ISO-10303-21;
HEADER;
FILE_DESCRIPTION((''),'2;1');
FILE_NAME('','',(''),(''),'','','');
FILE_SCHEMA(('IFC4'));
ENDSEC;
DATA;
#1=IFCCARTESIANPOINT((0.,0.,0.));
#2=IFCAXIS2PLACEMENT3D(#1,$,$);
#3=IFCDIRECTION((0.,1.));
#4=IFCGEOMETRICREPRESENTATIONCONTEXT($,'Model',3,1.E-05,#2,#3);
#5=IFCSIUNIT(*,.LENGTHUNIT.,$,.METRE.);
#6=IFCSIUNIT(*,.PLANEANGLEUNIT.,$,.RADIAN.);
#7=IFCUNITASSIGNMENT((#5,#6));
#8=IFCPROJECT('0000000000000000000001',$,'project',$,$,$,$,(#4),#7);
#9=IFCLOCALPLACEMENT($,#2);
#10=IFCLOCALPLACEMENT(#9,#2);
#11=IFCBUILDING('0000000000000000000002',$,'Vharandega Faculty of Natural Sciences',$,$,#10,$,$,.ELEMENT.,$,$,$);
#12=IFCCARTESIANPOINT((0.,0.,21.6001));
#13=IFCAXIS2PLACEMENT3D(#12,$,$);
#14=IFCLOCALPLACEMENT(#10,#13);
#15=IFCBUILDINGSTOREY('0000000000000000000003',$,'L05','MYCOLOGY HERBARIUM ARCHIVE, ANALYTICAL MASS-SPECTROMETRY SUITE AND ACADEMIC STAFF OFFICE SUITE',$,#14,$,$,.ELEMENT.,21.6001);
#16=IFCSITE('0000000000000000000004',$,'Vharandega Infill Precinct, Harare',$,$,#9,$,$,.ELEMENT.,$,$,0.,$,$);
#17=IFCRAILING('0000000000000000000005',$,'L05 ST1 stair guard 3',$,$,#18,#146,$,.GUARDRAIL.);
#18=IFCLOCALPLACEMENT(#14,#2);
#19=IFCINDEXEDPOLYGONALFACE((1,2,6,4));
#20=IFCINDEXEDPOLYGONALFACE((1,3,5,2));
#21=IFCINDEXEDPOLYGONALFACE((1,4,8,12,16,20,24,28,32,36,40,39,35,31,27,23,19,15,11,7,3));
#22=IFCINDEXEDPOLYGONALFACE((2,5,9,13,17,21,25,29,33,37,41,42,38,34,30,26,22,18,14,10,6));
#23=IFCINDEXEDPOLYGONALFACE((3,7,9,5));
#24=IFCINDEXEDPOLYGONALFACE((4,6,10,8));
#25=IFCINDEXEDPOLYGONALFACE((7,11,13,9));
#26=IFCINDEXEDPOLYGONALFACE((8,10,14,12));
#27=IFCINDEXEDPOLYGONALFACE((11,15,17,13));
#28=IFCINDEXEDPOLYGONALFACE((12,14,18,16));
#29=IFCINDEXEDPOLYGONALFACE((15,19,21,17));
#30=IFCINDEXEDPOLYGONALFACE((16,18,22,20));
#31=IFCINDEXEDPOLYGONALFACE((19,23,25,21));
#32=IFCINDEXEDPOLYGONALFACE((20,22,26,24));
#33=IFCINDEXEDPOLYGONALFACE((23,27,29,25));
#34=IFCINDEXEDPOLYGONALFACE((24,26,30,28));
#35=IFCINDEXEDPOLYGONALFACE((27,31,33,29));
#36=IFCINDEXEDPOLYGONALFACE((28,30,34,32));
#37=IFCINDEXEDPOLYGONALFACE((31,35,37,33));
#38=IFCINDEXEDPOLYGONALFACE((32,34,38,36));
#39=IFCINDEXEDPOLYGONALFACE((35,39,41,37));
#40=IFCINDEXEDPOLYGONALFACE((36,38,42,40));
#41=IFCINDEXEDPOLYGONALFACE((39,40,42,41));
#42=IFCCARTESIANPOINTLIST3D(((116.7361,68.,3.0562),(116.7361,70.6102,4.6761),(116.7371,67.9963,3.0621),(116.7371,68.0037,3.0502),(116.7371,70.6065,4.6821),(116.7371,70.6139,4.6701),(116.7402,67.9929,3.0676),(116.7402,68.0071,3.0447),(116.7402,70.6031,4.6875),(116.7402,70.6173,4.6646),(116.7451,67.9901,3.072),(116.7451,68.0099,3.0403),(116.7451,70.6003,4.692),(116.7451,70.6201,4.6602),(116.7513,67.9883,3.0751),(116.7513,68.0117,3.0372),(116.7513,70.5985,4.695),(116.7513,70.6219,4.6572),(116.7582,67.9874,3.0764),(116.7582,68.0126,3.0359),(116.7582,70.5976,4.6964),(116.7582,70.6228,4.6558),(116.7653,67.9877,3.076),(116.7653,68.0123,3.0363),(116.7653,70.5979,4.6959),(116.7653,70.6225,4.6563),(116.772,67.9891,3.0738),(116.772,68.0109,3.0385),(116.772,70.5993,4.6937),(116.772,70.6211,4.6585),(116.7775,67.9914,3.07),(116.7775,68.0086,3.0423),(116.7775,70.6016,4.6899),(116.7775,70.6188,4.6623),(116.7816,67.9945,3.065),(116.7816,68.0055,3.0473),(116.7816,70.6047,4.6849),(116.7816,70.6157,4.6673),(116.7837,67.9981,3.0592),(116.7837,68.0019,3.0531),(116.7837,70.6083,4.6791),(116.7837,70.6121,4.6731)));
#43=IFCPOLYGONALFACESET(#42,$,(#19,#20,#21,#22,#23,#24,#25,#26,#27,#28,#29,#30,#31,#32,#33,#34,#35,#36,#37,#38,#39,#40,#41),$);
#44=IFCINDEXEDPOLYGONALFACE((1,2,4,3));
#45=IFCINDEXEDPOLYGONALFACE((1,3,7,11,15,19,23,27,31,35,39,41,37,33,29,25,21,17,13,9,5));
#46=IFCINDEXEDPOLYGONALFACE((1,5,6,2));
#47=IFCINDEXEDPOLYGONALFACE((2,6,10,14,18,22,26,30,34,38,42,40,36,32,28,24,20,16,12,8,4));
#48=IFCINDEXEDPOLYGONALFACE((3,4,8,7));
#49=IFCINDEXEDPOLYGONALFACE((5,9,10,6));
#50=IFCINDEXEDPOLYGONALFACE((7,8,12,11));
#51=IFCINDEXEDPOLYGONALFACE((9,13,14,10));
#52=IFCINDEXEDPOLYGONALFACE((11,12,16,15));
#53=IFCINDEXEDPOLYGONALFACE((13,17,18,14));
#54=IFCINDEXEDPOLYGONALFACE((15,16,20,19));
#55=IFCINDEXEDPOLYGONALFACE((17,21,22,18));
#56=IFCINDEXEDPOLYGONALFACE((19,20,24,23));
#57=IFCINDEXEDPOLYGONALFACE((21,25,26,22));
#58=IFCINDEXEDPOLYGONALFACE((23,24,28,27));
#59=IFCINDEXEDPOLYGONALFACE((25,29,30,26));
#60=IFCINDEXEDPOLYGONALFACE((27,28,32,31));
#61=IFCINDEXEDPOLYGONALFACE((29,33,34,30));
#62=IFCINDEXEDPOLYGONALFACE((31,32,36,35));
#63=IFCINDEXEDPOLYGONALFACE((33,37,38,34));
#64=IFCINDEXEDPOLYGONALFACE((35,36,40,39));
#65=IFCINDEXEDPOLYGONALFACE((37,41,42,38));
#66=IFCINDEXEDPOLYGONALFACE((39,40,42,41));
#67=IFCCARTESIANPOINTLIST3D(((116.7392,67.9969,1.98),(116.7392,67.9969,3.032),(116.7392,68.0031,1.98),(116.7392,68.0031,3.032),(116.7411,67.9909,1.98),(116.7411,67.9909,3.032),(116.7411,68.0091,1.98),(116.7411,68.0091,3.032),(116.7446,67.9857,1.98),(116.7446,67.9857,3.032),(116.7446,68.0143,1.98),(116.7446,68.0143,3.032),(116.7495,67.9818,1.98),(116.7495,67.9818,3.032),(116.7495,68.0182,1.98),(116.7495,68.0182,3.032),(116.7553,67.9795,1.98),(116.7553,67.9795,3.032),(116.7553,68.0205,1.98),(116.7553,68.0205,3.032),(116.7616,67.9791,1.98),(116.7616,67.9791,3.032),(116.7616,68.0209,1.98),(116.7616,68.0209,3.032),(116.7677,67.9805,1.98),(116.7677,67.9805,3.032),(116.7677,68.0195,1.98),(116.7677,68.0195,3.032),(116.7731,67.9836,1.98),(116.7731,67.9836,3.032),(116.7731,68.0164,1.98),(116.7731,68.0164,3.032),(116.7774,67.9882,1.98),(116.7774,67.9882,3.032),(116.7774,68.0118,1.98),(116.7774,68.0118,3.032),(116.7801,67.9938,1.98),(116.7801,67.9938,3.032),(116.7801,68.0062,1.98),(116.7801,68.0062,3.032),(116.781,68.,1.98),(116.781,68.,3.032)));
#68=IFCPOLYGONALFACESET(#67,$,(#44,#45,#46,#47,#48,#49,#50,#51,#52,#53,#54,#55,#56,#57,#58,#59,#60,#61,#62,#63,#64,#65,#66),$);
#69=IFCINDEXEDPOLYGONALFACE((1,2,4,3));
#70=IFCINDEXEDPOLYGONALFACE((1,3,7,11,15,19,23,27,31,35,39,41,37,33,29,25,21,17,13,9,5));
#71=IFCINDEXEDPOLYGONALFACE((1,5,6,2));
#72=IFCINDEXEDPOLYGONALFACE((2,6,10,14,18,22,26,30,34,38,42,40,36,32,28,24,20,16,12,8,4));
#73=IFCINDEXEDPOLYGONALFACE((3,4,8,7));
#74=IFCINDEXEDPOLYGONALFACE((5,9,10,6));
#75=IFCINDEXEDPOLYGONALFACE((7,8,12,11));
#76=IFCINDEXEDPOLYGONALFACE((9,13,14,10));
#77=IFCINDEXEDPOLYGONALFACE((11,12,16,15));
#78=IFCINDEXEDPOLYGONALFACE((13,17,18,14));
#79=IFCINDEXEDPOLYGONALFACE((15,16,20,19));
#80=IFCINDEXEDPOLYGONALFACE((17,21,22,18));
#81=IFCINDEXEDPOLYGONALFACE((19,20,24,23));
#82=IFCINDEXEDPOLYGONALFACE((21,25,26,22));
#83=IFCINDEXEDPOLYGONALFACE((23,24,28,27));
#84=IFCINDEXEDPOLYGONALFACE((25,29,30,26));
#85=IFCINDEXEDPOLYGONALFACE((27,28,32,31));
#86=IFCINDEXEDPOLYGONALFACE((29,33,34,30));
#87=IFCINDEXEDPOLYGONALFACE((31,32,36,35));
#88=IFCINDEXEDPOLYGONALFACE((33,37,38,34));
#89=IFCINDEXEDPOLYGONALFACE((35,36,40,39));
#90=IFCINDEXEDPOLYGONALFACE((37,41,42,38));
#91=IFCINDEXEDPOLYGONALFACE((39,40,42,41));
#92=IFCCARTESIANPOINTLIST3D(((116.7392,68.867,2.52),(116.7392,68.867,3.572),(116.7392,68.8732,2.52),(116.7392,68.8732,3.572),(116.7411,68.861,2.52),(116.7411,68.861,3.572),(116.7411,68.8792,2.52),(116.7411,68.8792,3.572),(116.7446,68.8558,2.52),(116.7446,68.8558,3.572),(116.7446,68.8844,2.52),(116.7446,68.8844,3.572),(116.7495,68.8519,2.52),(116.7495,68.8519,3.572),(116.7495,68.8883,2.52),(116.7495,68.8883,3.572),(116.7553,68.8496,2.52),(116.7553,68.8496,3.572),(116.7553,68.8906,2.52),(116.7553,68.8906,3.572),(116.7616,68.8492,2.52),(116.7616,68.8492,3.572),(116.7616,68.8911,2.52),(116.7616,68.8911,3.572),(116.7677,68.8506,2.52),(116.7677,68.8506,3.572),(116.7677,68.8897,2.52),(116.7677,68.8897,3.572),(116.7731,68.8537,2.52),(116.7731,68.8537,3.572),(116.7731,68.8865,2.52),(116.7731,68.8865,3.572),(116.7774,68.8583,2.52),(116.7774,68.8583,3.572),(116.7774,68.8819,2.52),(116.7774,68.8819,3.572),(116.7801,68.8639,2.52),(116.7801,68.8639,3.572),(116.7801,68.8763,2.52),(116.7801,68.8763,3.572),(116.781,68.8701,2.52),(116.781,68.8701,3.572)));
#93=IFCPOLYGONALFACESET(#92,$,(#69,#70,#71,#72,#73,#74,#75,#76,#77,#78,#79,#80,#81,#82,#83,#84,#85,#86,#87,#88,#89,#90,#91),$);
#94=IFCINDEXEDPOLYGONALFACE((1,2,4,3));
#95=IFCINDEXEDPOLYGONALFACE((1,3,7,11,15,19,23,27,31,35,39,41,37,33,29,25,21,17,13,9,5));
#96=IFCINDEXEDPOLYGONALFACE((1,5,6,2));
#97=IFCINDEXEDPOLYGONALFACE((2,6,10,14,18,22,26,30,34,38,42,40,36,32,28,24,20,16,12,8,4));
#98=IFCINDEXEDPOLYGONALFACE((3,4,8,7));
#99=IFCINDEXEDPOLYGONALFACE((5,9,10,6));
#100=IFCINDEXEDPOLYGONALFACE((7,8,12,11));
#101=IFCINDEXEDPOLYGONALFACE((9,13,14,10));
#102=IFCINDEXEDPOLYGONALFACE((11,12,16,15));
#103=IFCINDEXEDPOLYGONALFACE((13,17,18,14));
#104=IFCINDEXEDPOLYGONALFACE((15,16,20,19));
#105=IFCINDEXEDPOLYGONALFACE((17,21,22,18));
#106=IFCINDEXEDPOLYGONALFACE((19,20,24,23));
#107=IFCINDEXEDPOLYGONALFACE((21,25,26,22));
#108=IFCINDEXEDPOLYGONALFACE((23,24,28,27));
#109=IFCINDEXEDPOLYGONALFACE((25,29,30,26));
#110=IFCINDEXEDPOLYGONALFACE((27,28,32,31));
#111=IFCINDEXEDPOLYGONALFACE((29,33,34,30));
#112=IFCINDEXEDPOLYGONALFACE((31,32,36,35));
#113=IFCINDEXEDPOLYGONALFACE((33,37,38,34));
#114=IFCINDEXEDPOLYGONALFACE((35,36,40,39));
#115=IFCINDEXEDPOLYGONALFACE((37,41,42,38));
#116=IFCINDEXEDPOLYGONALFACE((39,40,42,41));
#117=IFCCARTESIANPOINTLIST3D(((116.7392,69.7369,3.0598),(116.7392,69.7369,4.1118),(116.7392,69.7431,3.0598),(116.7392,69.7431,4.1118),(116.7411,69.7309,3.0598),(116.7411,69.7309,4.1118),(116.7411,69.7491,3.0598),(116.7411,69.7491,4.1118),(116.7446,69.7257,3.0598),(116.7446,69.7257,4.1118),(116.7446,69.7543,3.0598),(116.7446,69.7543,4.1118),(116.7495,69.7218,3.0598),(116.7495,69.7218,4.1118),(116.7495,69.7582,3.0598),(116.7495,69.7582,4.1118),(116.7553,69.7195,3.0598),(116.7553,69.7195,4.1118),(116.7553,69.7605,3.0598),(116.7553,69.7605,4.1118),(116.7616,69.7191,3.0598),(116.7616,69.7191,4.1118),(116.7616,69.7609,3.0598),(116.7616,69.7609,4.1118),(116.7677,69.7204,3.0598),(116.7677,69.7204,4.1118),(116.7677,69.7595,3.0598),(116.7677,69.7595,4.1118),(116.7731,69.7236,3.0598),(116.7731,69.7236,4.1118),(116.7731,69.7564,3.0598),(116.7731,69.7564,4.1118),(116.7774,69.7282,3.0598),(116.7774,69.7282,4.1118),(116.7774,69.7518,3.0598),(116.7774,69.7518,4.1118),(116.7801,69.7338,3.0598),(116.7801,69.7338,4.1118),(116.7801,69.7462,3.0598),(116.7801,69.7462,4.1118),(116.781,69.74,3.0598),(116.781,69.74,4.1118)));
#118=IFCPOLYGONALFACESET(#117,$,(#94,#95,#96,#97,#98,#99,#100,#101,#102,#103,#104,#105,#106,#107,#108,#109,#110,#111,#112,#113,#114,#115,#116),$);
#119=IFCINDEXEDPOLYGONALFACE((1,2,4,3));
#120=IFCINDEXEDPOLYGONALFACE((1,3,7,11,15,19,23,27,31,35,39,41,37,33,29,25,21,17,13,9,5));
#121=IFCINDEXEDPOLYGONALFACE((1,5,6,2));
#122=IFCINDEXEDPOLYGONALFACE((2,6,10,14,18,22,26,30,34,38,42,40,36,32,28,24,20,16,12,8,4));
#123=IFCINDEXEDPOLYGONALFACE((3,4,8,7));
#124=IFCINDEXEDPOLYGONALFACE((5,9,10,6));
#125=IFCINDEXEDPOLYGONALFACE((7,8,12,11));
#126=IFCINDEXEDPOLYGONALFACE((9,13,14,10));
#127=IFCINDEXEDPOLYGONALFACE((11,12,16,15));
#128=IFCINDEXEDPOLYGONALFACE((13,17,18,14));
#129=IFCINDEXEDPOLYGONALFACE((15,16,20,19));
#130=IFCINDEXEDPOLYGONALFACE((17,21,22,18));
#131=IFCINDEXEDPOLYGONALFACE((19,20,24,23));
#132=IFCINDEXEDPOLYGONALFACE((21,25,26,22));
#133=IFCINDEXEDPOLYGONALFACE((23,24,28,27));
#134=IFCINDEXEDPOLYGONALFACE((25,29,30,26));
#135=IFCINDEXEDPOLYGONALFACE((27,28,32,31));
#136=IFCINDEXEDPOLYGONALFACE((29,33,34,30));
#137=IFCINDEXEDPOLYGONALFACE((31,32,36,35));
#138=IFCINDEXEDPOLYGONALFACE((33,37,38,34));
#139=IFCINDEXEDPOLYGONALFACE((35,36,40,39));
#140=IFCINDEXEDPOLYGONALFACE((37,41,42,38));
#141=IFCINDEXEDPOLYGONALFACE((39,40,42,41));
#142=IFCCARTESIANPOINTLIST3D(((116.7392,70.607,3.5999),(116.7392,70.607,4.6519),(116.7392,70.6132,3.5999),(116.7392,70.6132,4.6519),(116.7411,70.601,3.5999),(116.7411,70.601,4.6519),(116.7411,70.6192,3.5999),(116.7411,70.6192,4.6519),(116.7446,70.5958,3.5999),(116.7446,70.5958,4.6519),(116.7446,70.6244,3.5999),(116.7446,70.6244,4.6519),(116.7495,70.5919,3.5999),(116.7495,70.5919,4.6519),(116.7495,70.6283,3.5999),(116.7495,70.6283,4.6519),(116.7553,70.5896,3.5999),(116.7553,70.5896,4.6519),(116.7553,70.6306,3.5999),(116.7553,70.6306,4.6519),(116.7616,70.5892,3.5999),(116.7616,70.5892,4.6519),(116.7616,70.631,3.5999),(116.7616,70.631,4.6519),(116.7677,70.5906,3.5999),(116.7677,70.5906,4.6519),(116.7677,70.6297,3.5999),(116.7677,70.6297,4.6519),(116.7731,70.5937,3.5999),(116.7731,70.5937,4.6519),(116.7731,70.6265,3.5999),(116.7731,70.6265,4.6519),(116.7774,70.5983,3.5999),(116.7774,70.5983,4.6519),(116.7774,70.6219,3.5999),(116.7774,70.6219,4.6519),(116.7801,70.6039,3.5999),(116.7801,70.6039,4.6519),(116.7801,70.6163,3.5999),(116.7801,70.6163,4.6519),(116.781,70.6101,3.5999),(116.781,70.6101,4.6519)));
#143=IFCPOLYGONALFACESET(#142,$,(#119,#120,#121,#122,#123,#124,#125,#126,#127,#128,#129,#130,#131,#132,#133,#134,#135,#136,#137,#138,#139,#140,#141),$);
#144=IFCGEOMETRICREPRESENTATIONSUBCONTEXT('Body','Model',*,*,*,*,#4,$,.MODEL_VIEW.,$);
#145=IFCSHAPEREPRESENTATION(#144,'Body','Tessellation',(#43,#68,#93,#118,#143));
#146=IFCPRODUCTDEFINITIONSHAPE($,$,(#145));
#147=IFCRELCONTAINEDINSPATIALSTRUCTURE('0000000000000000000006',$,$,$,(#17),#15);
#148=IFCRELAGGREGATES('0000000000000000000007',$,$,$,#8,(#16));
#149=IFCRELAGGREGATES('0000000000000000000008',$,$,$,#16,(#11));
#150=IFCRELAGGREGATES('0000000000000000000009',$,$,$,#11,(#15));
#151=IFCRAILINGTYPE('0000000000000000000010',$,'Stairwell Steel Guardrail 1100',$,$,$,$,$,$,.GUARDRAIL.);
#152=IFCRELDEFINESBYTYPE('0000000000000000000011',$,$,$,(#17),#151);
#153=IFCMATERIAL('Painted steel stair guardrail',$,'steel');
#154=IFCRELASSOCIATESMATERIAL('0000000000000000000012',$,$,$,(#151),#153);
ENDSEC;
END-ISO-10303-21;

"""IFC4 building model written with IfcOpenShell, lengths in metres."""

from ifc_helpers import new_model, si_unit, direction, frame, origin, origin_2d, place, context, subcontext, project, spatial, circle, extrude, material, type_object, element, save


model = new_model("IFC4")

# Units and contexts
model_context = context("Model", 3, precision=1e-05, world=origin(), true_north=direction((0.0, 1.0)))
body_context = subcontext(model_context, "Body", "Model", "MODEL_VIEW")
ifc_project = project(units=[si_unit("LENGTHUNIT", "METRE"), si_unit("PLANEANGLEUNIT", "RADIAN")], contexts=[model_context])

# Site, building, storey
site_placement = place(None, origin())
site = spatial("IfcSite", under=ifc_project, at=site_placement, Name="Vharandega Infill Precinct, Harare", CompositionType="ELEMENT", RefElevation=0.0)
building_placement = place(site_placement, origin())
building = spatial("IfcBuilding", under=site, at=building_placement, Name="Vharandega Faculty of Natural Sciences", CompositionType="ELEMENT")
storey_placement = place(building_placement, frame((0.0, 0.0, 21.6001)))
storey = spatial("IfcBuildingStorey", under=building, at=storey_placement, Name="L05", Description="MYCOLOGY HERBARIUM ARCHIVE, ANALYTICAL MASS-SPECTROMETRY SUITE AND ACADEMIC STAFF OFFICE SUITE", CompositionType="ELEMENT", Elevation=21.6001)

# Railing
ifc_material_1 = material(Name="Painted steel stair guardrail", Category="steel")
railing_type_1 = type_object("IfcRailingType", Name="Stairwell Steel Guardrail 1100", PredefinedType="GUARDRAIL", material=ifc_material_1)
railing_1_placement = place(storey_placement, frame((116.76, 68.0, 1.98)))
element("IfcRailing", 1, at=railing_1_placement, inside=storey, type_object=railing_type_1, Name="L05 ST1 stair guard 3", PredefinedType="GUARDRAIL", context=body_context, shape_type="SweptSolid", body=[
    extrude(circle(Radius=0.0239, at=origin_2d()), frame((0.0, 0.0, 1.0762), z_axis=(0.0, 0.849668, 0.527317), x_axis=(-1.0, 0.0, 0.0)), (0.0, 0.0, 1.0), 3.072),
    extrude(circle(Radius=0.021, at=origin_2d()), origin(), (0.0, 0.0, 1.0), 1.052),
    extrude(circle(Radius=0.021, at=origin_2d()), frame((0.0, 0.8701, 0.54)), (0.0, 0.0, 1.0), 1.052),
    extrude(circle(Radius=0.021, at=origin_2d()), frame((0.0, 1.74, 1.0798)), (0.0, 0.0, 1.0), 1.052),
    extrude(circle(Radius=0.021, at=origin_2d()), frame((0.0, 2.6101, 1.6199)), (0.0, 0.0, 1.0), 1.052),
])

save(model, "model.ifc")
